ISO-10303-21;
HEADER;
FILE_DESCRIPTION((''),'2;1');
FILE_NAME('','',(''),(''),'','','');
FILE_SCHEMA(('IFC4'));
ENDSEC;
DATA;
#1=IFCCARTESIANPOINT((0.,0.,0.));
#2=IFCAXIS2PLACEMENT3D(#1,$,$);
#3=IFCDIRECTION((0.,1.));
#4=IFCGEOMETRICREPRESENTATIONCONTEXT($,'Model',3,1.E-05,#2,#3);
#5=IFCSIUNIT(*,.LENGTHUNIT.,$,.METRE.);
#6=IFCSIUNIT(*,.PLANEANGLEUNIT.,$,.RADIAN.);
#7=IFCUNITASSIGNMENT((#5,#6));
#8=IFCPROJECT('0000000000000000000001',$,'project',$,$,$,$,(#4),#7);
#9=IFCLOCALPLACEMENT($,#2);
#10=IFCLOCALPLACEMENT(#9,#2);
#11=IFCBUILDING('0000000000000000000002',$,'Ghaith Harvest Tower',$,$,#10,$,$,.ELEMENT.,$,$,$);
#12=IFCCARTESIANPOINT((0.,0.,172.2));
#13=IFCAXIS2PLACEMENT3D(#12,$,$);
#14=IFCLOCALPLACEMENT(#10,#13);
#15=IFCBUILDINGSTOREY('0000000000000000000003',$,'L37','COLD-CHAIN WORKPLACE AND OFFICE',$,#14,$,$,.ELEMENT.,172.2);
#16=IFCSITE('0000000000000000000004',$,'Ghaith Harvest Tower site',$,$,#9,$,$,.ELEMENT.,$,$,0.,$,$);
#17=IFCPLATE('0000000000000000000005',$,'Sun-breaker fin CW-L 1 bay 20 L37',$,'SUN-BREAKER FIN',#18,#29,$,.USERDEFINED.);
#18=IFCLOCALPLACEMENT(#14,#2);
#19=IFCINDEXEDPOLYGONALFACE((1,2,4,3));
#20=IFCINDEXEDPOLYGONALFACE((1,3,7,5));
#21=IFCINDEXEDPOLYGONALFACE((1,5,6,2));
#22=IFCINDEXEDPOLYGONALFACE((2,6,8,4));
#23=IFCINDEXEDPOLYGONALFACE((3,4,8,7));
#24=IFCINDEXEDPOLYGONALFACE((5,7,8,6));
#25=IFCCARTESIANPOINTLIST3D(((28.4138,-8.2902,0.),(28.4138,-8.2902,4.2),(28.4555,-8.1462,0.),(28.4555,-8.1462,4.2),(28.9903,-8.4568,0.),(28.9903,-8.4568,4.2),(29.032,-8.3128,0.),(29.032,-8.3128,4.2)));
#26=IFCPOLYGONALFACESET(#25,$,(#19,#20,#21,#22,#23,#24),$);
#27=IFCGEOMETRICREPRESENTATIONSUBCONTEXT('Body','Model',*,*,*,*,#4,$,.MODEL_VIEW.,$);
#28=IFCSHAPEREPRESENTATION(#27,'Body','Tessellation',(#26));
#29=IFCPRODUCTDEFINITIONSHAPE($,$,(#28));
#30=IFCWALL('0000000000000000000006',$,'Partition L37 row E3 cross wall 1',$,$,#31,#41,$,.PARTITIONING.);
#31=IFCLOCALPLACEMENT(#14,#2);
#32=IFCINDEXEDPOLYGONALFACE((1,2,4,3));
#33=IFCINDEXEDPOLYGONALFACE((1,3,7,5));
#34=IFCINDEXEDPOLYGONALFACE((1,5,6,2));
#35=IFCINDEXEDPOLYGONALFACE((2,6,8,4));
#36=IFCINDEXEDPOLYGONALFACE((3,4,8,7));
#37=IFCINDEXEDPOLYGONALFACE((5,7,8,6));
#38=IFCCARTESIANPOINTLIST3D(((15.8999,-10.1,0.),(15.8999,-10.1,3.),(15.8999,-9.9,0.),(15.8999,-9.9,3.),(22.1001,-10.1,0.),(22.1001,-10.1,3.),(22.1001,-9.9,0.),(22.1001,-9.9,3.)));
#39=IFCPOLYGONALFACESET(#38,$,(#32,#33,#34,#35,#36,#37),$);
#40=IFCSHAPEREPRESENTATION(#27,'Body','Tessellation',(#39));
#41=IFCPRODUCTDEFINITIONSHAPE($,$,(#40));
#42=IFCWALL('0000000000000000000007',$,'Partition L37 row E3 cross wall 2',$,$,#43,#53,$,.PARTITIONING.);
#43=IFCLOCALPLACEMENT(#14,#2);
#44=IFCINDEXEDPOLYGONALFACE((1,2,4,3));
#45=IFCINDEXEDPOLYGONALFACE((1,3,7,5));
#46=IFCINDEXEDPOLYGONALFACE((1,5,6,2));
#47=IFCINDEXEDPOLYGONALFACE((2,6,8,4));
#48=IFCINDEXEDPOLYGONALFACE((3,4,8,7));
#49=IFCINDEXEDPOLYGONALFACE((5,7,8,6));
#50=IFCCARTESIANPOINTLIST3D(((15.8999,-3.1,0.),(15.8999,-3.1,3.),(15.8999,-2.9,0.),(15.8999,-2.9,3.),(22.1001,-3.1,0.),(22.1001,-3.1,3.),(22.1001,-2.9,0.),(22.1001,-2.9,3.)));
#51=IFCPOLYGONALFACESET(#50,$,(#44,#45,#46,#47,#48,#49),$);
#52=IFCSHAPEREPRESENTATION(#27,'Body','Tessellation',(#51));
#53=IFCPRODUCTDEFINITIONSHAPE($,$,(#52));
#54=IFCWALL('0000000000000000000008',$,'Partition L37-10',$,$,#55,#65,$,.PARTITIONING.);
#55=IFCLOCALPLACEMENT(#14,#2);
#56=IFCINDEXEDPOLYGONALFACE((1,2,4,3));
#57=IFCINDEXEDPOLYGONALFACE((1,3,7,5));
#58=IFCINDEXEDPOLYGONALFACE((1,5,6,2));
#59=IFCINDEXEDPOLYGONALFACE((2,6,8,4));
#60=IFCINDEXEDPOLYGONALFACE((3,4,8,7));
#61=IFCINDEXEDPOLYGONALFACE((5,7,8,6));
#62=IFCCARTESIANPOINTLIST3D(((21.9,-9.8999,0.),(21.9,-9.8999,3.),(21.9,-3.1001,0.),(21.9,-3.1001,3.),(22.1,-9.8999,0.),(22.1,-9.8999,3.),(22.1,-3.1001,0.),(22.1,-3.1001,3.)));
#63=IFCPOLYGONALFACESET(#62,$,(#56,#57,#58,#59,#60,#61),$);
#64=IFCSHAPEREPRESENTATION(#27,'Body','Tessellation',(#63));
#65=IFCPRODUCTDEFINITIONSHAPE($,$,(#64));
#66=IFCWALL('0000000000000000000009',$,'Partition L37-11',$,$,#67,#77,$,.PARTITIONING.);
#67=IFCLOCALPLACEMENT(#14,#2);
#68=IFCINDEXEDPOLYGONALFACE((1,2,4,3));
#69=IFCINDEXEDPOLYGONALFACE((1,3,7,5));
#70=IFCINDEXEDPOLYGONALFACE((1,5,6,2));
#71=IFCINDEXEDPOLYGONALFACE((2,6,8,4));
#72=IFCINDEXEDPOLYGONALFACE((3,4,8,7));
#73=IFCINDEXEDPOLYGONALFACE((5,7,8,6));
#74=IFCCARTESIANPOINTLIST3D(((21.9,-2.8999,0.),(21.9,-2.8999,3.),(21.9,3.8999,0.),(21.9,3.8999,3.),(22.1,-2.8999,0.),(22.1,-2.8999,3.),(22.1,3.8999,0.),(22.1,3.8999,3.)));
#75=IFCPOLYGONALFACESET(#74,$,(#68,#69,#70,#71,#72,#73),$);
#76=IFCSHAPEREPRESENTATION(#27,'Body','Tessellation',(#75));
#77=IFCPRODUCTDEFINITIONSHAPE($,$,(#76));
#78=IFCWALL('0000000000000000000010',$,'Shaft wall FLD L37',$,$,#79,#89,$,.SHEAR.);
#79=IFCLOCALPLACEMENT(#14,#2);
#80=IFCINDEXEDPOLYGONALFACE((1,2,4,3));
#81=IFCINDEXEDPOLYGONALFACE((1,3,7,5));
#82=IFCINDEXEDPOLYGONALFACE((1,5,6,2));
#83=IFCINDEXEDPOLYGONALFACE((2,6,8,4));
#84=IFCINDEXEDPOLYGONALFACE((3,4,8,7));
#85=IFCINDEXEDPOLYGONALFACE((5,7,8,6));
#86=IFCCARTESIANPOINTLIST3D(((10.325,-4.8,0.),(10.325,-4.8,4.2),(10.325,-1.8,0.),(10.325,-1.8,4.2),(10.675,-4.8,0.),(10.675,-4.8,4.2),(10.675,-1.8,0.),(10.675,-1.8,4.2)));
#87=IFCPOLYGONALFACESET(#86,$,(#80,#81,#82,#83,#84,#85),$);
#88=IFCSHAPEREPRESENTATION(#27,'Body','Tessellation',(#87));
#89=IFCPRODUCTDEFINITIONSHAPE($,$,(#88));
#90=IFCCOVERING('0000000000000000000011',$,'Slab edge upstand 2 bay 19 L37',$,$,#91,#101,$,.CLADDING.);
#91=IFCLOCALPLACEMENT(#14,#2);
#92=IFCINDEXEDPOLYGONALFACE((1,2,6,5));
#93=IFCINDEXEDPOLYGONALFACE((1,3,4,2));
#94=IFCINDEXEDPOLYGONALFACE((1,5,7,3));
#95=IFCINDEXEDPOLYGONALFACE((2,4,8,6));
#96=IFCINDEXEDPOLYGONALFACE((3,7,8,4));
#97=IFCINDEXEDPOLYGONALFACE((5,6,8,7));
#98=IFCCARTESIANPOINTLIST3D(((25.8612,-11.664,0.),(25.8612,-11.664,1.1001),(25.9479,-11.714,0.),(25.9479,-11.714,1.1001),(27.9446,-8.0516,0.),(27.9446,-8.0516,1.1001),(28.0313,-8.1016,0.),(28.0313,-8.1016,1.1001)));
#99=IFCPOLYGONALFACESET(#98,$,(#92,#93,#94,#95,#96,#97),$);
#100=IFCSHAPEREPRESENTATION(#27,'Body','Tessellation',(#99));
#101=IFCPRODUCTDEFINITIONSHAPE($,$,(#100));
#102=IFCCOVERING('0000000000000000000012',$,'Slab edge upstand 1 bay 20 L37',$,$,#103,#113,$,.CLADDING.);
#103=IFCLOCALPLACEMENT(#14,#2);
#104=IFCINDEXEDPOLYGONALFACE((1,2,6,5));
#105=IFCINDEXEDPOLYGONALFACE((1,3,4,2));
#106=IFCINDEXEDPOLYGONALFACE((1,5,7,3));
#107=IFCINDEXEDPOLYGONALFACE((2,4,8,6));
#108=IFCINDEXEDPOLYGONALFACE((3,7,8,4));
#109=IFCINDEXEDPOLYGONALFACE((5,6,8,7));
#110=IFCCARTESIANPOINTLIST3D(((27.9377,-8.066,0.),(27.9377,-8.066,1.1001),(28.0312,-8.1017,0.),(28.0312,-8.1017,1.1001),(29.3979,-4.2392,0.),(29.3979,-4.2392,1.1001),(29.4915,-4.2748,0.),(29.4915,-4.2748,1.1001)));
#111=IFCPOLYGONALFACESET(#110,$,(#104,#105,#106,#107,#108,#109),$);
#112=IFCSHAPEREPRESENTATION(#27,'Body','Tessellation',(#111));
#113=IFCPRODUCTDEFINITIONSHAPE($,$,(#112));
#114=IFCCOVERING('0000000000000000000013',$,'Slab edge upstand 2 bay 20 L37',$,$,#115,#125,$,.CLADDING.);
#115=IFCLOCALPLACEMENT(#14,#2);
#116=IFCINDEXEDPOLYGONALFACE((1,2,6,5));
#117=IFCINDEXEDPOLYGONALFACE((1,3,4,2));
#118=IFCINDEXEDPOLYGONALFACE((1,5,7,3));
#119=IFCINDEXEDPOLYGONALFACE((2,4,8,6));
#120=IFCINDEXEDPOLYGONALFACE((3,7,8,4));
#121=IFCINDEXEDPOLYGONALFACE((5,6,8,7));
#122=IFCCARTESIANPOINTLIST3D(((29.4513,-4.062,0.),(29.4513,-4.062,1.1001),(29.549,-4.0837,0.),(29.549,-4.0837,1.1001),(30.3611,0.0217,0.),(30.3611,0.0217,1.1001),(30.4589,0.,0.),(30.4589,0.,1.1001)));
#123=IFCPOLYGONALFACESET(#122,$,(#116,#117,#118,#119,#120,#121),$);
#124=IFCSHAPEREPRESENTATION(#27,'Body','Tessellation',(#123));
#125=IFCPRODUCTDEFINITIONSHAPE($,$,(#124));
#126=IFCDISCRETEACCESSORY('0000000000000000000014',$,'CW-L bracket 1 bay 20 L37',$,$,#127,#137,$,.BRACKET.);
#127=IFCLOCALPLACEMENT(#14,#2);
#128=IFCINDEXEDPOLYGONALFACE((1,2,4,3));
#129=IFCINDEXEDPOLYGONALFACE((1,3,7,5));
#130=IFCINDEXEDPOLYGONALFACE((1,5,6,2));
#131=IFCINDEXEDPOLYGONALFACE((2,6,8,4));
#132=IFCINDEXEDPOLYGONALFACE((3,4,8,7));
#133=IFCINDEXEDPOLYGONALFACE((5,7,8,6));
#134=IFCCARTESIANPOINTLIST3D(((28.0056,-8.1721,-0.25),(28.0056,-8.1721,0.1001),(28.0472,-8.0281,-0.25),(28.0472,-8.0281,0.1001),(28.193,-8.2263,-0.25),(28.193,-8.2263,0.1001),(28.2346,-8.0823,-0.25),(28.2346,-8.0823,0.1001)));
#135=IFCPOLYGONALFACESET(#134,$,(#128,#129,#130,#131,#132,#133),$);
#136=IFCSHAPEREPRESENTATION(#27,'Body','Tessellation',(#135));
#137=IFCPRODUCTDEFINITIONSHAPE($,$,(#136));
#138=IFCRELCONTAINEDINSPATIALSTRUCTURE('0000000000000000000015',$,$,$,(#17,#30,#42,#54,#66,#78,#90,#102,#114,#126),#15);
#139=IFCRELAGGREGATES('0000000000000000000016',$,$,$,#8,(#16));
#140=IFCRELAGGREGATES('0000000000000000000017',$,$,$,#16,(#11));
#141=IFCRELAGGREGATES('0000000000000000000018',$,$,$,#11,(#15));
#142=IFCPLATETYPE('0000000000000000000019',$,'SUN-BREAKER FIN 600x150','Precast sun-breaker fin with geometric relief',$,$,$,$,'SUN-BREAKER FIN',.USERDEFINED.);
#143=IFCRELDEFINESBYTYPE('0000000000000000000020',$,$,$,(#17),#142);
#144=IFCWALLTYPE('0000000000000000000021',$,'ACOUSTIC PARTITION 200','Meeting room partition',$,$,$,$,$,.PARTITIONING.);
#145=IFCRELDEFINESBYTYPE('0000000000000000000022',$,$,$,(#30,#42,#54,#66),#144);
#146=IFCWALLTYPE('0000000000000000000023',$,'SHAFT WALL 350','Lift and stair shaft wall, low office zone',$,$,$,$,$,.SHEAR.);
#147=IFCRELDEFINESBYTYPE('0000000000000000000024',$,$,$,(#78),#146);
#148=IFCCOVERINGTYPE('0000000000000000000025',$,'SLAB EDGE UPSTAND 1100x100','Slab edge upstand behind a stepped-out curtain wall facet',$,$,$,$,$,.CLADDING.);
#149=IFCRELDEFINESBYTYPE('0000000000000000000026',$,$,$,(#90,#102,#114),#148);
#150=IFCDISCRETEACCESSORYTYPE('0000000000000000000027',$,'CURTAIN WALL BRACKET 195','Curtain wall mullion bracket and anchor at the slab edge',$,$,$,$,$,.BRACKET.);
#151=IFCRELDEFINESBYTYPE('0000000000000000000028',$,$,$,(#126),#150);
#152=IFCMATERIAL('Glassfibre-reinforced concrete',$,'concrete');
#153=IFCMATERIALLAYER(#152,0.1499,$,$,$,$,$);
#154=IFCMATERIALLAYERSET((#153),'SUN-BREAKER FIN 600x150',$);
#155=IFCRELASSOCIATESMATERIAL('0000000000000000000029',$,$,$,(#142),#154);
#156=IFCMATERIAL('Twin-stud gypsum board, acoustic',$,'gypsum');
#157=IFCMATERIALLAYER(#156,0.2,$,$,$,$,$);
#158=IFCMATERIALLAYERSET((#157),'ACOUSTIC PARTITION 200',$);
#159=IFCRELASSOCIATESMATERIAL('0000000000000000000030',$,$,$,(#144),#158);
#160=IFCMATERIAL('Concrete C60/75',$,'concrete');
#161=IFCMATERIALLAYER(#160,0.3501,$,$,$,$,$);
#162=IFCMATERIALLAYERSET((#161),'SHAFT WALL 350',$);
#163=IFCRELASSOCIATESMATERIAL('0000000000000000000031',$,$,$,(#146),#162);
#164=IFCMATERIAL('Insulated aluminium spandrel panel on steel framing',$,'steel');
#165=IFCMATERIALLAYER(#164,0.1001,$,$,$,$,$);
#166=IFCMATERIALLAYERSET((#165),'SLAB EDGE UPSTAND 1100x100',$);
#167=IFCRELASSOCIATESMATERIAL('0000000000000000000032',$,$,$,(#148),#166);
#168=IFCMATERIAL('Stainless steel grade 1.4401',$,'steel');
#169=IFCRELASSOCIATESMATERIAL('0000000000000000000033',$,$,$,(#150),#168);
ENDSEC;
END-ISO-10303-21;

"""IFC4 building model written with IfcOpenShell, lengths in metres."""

from ifc_helpers import new_model, si_unit, direction, frame, frame_2d, origin, origin_2d, place, context, subcontext, project, spatial, rectangle, extrude, material, layer, layer_set, type_object, element, save


model = new_model("IFC4")

# Units and contexts
model_context = context("Model", 3, precision=1e-05, world=origin(), true_north=direction((0.0, 1.0)))
body_context = subcontext(model_context, "Body", "Model", "MODEL_VIEW")
ifc_project = project(units=[si_unit("LENGTHUNIT", "METRE"), si_unit("PLANEANGLEUNIT", "RADIAN")], contexts=[model_context])

# Site, building, storey
site_placement = place(None, origin())
site = spatial("IfcSite", under=ifc_project, at=site_placement, Name="Ghaith Harvest Tower site", CompositionType="ELEMENT", RefElevation=0.0)
building_placement = place(site_placement, origin())
building = spatial("IfcBuilding", under=site, at=building_placement, Name="Ghaith Harvest Tower", CompositionType="ELEMENT")
storey_placement = place(building_placement, frame((0.0, 0.0, 172.2)))
storey = spatial("IfcBuildingStorey", under=building, at=storey_placement, Name="L37", Description="COLD-CHAIN WORKPLACE AND OFFICE", CompositionType="ELEMENT", Elevation=172.2)

# Plate
ifc_material_1 = material(Name="Glassfibre-reinforced concrete", Category="concrete")
ifc_layer_1 = layer(ifc_material_1, 0.1499)
ifc_layer_set_1 = layer_set([ifc_layer_1], Name="SUN-BREAKER FIN 600x150")
plate_type_1 = type_object("IfcPlateType", Name="SUN-BREAKER FIN 600x150", Description="Precast sun-breaker fin with geometric relief", ElementType="SUN-BREAKER FIN", PredefinedType="USERDEFINED", material=ifc_layer_set_1)
plate_1_placement = place(storey_placement, frame((28.7229, -8.3015, 0.0), z_axis=(0.0, 0.0, 1.0), x_axis=(0.96068, -0.277657, 0.0)))
element("IfcPlate", 1, at=plate_1_placement, inside=storey, type_object=plate_type_1, Name="Sun-breaker fin CW-L 1 bay 20 L37", ObjectType="SUN-BREAKER FIN", PredefinedType="USERDEFINED", context=body_context, shape_type="SweptSolid", body=[
    extrude(rectangle(XDim=0.6001, YDim=0.1499, at=origin_2d()), origin(), (0.0, 0.0, 1.0), 4.2),
])

# Walls
ifc_material_2 = material(Name="Twin-stud gypsum board, acoustic", Category="gypsum")
ifc_layer_2 = layer(ifc_material_2, 0.2)
ifc_layer_set_2 = layer_set([ifc_layer_2], Name="ACOUSTIC PARTITION 200")
wall_type_1 = type_object("IfcWallType", Name="ACOUSTIC PARTITION 200", Description="Meeting room partition", PredefinedType="PARTITIONING", material=ifc_layer_set_2)
for number, where, z_axis, x_axis, name in (
    (2, (15.8999, -10.0, 0.0), (0.0, 0.0, 1.0), (1.0, 0.0, 0.0), "Partition L37 row E3 cross wall 1"),
    (3, (15.8999, -3.0, 0.0), (0.0, 0.0, 1.0), (1.0, 0.0, 0.0), "Partition L37 row E3 cross wall 2"),
):
    element("IfcWall", number, at=place(storey_placement, frame(where, z_axis=z_axis, x_axis=x_axis)), inside=storey, type_object=wall_type_1, Name=name, PredefinedType="PARTITIONING", context=body_context, shape_type="SweptSolid", body=[
        extrude(rectangle(XDim=6.2002, YDim=0.2, at=frame_2d((3.1001, 0.0))), origin(), (0.0, 0.0, 1.0), 3.0),
    ])

# Wall
wall_1_placement = place(storey_placement, frame((22.0, -9.8999, 0.0), z_axis=(0.0, 0.0, 1.0), x_axis=(0.0, 1.0, 0.0)))
element("IfcWall", 4, at=wall_1_placement, inside=storey, type_object=wall_type_1, Name="Partition L37-10", PredefinedType="PARTITIONING", context=body_context, shape_type="SweptSolid", body=[
    extrude(rectangle(XDim=6.7998, YDim=0.2, at=frame_2d((3.3999, 0.0))), origin(), (0.0, 0.0, 1.0), 3.0),
])

# Wall
wall_2_placement = place(storey_placement, frame((22.0, -2.8999, 0.0), z_axis=(0.0, 0.0, 1.0), x_axis=(0.0, 1.0, 0.0)))
element("IfcWall", 5, at=wall_2_placement, inside=storey, type_object=wall_type_1, Name="Partition L37-11", PredefinedType="PARTITIONING", context=body_context, shape_type="SweptSolid", body=[
    extrude(rectangle(XDim=6.7998, YDim=0.2, at=frame_2d((3.3999, 0.0))), origin(), (0.0, 0.0, 1.0), 3.0),
])

# Wall
ifc_material_3 = material(Name="Concrete C60/75", Category="concrete")
ifc_layer_3 = layer(ifc_material_3, 0.3501)
ifc_layer_set_3 = layer_set([ifc_layer_3], Name="SHAFT WALL 350")
wall_type_2 = type_object("IfcWallType", Name="SHAFT WALL 350", Description="Lift and stair shaft wall, low office zone", PredefinedType="SHEAR", material=ifc_layer_set_3)
wall_3_placement = place(storey_placement, frame((10.5, -4.8, 0.0), z_axis=(0.0, 0.0, 1.0), x_axis=(0.0, 1.0, 0.0)))
element("IfcWall", 6, at=wall_3_placement, inside=storey, type_object=wall_type_2, Name="Shaft wall FLD L37", PredefinedType="SHEAR", context=body_context, shape_type="SweptSolid", body=[
    extrude(rectangle(XDim=3.0, YDim=0.3501, at=frame_2d((1.5, 0.0))), origin(), (0.0, 0.0, 1.0), 4.2),
])

# Coverings
ifc_material_4 = material(Name="Insulated aluminium spandrel panel on steel framing", Category="steel")
ifc_layer_4 = layer(ifc_material_4, 0.1001)
ifc_layer_set_4 = layer_set([ifc_layer_4], Name="SLAB EDGE UPSTAND 1100x100")
covering_type = type_object("IfcCoveringType", Name="SLAB EDGE UPSTAND 1100x100", Description="Slab edge upstand behind a stepped-out curtain wall facet", PredefinedType="CLADDING", material=ifc_layer_set_4)
covering_1_placement = place(storey_placement, frame((26.9463, -9.8828, 0.0), z_axis=(0.0, 0.0, 1.0), x_axis=(0.499596, 0.866258, 0.0)))
element("IfcCovering", 7, at=covering_1_placement, inside=storey, type_object=covering_type, Name="Slab edge upstand 2 bay 19 L37", PredefinedType="CLADDING", context=body_context, shape_type="SweptSolid", body=[
    extrude(rectangle(XDim=4.1702, YDim=0.1001, at=origin_2d()), origin(), (0.0, 0.0, 1.0), 1.1001),
])
covering_2_placement = place(storey_placement, frame((28.7146, -6.1704, 0.0), z_axis=(0.0, 0.0, 1.0), x_axis=(0.356504, 0.934294, 0.0)))
element("IfcCovering", 8, at=covering_2_placement, inside=storey, type_object=covering_type, Name="Slab edge upstand 1 bay 20 L37", PredefinedType="CLADDING", context=body_context, shape_type="SweptSolid", body=[
    extrude(rectangle(XDim=4.0959, YDim=0.1001, at=origin_2d()), origin(), (0.0, 0.0, 1.0), 1.1001),
])
covering_3_placement = place(storey_placement, frame((29.9551, -2.031, 0.0), z_axis=(0.0, 0.0, 1.0), x_axis=(0.217466, 0.976068, 0.0)))
element("IfcCovering", 9, at=covering_3_placement, inside=storey, type_object=covering_type, Name="Slab edge upstand 2 bay 20 L37", PredefinedType="CLADDING", context=body_context, shape_type="SweptSolid", body=[
    extrude(rectangle(XDim=4.1838, YDim=0.1001, at=origin_2d()), origin(), (0.0, 0.0, 1.0), 1.1001),
])

# Discrete accessory
ifc_material_5 = material(Name="Stainless steel grade 1.4401", Category="steel")
discrete_accessory_type = type_object("IfcDiscreteAccessoryType", Name="CURTAIN WALL BRACKET 195", Description="Curtain wall mullion bracket and anchor at the slab edge", PredefinedType="BRACKET", material=ifc_material_5)
discrete_accessory_placement = place(storey_placement, frame((28.1201, -8.1272, -0.25), z_axis=(0.0, 0.0, 1.0), x_axis=(0.96068, -0.277657, 0.0)))
element("IfcDiscreteAccessory", 10, at=discrete_accessory_placement, inside=storey, type_object=discrete_accessory_type, Name="CW-L bracket 1 bay 20 L37", PredefinedType="BRACKET", context=body_context, shape_type="SweptSolid", body=[
    extrude(rectangle(XDim=0.1951, YDim=0.1499, at=origin_2d()), origin(), (0.0, 0.0, 1.0), 0.3501),
])

save(model, "model.ifc")
